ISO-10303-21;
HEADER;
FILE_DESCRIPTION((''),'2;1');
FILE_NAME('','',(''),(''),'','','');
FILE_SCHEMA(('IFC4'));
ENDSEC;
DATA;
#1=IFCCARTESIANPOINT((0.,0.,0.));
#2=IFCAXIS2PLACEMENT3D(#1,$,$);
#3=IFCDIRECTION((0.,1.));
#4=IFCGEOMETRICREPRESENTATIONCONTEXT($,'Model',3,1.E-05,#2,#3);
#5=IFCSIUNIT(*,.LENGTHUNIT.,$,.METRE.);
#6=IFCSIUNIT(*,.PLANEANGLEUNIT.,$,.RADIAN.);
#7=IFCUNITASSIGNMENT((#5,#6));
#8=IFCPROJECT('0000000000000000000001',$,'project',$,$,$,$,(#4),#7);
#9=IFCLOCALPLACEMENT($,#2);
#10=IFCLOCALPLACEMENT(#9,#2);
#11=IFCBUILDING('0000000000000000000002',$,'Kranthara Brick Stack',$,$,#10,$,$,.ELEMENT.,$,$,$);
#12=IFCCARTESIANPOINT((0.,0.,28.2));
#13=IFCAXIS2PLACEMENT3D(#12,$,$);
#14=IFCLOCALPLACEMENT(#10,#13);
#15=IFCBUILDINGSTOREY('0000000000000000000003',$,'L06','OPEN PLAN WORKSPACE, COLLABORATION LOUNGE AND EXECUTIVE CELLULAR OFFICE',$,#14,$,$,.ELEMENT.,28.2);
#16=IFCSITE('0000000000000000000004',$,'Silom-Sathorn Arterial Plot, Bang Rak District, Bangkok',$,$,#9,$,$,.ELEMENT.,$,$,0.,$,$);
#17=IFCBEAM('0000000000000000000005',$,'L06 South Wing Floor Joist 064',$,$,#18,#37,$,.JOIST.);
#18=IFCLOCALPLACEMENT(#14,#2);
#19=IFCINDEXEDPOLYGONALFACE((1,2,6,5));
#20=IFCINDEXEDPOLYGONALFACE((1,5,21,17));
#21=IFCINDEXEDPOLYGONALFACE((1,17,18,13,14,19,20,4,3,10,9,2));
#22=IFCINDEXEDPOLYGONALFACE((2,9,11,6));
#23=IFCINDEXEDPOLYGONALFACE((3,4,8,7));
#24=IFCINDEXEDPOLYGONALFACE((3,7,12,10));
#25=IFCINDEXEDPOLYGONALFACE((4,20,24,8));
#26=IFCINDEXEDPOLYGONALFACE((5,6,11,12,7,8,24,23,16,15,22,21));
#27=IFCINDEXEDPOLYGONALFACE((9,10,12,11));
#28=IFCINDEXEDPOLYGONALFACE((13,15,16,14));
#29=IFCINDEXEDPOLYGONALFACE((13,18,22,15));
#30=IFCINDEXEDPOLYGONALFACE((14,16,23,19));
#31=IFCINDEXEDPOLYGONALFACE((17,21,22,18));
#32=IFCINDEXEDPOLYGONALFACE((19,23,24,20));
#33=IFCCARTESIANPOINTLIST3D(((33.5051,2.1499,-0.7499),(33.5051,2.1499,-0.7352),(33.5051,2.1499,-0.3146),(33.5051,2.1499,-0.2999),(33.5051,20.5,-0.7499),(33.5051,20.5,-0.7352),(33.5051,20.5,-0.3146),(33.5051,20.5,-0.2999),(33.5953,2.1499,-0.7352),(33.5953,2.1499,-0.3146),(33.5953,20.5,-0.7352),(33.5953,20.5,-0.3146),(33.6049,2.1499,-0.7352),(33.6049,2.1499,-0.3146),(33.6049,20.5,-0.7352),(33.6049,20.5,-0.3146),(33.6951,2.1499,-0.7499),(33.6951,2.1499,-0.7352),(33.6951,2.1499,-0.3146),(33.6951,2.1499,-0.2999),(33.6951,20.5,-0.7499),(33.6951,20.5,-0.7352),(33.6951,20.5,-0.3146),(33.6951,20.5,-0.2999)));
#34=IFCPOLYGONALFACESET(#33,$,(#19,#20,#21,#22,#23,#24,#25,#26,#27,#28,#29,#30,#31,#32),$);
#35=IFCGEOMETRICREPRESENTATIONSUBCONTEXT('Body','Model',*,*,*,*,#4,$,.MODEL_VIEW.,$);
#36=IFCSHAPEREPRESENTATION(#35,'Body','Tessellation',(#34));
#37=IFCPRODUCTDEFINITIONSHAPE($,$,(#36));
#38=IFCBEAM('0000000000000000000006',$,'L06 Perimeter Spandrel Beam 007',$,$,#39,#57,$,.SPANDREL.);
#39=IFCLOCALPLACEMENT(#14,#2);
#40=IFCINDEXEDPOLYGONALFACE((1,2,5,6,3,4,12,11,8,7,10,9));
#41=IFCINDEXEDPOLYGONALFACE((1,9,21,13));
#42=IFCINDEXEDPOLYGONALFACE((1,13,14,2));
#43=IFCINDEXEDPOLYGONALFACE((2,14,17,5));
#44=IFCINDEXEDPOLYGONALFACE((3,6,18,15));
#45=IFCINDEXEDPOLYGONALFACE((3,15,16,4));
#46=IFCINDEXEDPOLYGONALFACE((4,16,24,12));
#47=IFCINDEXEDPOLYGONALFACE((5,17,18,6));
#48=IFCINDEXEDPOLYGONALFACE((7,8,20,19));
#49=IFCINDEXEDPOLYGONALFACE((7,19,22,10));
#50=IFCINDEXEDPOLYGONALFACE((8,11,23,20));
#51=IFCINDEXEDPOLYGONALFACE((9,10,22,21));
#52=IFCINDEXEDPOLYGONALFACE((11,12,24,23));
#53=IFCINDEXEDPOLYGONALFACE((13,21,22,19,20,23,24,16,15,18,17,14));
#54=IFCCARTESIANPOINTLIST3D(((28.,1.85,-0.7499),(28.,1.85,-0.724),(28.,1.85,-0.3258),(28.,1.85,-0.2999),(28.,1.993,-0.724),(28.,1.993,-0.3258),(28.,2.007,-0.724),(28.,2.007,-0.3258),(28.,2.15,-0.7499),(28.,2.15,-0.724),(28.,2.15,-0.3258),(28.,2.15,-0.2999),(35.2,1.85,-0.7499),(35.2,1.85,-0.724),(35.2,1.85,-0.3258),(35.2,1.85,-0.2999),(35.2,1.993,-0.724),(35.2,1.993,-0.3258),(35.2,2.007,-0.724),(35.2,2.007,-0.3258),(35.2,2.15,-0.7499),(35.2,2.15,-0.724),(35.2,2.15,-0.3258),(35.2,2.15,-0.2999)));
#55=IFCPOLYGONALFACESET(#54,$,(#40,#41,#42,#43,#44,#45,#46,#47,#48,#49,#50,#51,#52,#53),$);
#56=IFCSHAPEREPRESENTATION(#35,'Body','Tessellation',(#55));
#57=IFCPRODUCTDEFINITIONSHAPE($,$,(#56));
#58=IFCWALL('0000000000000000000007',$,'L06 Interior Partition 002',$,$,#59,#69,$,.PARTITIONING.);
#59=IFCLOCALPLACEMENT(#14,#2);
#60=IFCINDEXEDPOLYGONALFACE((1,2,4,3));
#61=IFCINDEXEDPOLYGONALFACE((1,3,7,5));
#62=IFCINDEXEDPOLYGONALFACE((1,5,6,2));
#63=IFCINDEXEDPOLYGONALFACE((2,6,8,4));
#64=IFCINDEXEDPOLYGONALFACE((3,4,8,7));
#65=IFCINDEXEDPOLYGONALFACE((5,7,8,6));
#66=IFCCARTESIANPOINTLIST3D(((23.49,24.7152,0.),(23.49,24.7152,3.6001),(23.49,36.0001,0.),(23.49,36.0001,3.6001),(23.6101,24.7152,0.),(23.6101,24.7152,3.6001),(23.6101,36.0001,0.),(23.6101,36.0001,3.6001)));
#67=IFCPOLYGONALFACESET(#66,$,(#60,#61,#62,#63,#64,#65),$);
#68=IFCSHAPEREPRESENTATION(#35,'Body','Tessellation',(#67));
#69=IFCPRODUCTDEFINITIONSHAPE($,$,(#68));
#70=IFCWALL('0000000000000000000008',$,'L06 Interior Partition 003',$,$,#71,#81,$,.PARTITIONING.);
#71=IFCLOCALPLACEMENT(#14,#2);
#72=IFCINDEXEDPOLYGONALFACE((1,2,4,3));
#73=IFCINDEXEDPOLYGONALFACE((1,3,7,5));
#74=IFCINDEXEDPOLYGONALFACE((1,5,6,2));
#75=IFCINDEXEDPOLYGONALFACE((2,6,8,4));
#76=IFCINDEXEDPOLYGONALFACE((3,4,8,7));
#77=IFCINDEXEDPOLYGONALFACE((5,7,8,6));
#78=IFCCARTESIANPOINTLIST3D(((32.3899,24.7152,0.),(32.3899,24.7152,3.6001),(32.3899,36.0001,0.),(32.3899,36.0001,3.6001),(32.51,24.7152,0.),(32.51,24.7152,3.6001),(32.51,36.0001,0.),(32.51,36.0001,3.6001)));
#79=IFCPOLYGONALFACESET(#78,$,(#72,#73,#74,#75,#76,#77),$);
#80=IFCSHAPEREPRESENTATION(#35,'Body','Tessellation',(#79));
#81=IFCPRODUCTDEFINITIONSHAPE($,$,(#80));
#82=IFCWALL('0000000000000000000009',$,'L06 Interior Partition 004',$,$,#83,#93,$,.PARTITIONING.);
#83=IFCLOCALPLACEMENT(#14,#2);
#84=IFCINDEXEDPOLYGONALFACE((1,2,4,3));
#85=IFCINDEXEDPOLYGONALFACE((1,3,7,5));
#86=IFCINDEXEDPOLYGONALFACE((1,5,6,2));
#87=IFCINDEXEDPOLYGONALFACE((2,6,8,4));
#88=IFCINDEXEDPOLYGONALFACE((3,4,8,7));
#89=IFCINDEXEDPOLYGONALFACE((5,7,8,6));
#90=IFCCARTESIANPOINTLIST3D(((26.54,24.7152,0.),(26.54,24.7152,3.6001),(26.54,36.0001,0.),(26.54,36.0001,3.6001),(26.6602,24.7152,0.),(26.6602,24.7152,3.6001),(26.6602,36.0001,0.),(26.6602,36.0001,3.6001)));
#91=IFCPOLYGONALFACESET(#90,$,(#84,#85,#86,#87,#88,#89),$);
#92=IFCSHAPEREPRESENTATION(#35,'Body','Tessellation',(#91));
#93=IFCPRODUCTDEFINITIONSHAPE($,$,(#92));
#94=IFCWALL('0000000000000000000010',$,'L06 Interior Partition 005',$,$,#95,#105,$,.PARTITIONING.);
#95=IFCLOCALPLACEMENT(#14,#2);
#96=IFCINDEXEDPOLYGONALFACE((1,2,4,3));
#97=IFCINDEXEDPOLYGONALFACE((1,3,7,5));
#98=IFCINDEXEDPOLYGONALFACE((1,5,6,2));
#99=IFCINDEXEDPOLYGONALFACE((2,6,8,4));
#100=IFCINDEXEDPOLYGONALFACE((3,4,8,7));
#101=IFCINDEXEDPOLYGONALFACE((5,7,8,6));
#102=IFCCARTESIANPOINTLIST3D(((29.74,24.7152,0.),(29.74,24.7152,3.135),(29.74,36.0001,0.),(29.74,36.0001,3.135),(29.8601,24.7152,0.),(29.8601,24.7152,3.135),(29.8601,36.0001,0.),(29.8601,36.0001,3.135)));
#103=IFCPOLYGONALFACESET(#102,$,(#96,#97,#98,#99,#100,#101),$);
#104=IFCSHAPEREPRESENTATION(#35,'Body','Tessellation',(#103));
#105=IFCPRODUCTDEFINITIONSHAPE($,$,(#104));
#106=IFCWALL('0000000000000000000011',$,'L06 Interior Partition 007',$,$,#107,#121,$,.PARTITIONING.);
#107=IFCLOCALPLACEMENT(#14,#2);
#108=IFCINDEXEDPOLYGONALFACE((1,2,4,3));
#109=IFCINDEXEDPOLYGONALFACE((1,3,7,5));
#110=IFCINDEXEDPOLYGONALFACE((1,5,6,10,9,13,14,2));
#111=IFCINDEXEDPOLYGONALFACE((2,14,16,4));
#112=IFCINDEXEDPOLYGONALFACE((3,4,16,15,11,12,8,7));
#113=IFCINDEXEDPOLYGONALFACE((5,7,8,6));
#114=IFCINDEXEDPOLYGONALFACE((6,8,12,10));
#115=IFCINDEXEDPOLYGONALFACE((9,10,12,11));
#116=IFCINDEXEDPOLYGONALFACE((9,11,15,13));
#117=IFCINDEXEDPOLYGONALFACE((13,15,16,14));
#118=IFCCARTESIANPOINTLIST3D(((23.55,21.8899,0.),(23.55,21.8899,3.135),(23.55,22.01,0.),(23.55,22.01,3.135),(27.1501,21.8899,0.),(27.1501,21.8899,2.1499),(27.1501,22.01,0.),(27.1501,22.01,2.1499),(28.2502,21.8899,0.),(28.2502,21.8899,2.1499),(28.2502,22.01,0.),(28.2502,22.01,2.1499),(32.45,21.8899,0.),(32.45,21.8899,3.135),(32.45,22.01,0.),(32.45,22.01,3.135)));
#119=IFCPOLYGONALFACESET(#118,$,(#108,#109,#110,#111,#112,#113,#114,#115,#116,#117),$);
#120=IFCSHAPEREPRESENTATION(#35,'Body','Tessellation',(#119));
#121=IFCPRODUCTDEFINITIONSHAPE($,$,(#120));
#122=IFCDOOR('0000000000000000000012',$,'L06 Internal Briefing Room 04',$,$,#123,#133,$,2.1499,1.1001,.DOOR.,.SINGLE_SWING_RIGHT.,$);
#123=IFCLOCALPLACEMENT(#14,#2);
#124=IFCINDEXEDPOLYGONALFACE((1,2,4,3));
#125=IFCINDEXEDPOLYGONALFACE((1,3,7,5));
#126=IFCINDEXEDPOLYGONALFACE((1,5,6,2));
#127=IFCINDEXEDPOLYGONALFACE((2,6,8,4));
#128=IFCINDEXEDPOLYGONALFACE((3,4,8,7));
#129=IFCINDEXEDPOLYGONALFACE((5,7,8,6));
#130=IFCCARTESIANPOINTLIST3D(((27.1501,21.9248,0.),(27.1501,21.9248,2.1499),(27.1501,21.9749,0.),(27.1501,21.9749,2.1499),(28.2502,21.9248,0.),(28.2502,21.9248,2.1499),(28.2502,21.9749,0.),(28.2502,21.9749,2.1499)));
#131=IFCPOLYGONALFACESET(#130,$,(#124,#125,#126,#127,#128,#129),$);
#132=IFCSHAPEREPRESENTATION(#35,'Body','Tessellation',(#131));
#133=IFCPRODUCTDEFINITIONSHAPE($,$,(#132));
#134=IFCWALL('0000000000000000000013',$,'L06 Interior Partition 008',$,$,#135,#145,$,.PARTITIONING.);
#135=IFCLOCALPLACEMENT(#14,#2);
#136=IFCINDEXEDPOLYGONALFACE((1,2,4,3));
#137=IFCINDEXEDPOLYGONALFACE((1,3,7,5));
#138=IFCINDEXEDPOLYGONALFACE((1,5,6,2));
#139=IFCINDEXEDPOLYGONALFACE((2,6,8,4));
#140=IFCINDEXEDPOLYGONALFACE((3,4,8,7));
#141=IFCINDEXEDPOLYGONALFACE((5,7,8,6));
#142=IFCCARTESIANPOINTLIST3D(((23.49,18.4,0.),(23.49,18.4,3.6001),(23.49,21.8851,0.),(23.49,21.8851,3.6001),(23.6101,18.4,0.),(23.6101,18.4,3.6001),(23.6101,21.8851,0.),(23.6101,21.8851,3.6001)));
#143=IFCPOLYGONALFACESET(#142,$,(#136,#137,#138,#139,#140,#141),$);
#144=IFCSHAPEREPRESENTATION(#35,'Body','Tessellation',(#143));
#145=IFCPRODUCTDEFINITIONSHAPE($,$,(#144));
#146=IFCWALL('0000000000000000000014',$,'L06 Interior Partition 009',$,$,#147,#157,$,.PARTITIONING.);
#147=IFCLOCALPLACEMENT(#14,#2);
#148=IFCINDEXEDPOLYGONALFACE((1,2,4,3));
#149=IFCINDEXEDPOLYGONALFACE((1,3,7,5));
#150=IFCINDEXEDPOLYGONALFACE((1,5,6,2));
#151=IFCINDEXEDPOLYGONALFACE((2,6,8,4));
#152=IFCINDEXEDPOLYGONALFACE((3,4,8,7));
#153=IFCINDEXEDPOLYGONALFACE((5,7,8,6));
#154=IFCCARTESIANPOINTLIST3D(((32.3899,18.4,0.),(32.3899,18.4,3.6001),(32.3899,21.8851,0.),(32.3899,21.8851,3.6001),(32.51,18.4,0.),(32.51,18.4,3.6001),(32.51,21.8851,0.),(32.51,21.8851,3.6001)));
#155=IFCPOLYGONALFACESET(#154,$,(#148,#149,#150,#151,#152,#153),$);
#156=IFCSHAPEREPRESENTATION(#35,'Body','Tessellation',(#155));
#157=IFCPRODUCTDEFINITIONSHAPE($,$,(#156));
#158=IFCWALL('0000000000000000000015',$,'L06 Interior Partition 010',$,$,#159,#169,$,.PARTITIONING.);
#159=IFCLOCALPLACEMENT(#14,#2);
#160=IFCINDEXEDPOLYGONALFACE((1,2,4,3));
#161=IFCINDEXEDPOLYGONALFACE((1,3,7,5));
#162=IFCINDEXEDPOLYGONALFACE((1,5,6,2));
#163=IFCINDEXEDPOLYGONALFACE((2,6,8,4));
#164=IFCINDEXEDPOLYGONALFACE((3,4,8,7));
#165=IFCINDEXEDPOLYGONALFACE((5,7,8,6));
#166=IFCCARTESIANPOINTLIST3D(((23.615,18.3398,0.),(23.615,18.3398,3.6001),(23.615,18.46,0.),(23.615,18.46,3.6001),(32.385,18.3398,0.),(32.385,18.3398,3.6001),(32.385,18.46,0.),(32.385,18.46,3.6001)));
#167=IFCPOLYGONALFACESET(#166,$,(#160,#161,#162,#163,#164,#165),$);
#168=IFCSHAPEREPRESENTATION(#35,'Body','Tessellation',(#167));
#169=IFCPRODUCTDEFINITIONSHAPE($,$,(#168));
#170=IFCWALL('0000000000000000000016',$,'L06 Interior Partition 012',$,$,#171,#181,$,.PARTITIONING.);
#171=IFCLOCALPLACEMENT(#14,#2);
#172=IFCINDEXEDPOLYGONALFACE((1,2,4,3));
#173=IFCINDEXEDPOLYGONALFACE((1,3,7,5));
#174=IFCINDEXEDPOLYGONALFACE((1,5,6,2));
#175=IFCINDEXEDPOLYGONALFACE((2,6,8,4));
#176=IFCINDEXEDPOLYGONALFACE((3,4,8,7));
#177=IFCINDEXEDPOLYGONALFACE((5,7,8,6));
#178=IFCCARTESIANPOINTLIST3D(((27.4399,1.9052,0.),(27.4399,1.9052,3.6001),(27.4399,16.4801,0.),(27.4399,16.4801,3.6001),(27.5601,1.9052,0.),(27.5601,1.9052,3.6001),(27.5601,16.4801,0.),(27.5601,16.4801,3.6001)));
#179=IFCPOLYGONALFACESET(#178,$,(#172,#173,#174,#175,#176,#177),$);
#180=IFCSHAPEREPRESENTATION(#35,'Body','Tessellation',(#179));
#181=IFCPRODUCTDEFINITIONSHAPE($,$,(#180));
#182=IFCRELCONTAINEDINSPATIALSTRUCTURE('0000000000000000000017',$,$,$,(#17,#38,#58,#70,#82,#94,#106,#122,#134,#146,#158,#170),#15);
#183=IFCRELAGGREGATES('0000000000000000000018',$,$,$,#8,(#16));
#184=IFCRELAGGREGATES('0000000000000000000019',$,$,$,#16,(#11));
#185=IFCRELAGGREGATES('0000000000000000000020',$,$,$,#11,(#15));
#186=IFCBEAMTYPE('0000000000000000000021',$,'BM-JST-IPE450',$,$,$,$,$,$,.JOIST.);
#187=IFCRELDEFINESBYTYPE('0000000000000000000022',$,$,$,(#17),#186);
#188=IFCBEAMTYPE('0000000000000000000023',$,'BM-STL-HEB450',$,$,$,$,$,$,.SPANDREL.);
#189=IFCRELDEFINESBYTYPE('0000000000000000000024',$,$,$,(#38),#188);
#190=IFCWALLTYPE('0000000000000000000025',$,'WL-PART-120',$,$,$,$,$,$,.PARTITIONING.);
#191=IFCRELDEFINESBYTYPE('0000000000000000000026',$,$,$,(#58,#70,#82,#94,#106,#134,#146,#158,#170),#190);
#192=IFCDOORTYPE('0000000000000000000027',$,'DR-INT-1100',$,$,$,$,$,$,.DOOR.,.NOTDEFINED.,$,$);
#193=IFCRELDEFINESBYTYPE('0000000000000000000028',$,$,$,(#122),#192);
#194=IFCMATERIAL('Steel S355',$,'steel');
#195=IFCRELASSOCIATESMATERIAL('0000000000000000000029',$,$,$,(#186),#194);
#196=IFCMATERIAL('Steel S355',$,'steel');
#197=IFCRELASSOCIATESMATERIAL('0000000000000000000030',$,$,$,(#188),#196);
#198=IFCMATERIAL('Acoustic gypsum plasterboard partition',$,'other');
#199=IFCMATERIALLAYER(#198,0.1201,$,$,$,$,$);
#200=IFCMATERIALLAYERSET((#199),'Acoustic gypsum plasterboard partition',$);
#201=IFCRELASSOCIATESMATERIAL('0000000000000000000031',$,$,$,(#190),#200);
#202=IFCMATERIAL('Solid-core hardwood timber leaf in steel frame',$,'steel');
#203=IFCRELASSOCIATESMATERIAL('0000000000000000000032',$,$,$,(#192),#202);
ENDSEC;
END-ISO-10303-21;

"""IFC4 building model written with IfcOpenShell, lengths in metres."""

from ifc_helpers import new_model, si_unit, direction, frame, frame_2d, origin, origin_2d, place, context, subcontext, project, spatial, rectangle, i_section, extrude, material, layer, layer_set, material_profile, profile_set, type_object, element, fill, save


model = new_model("IFC4")

# Units and contexts
model_context = context("Model", 3, precision=1e-05, world=origin(), true_north=direction((0.0, 1.0)))
body_context = subcontext(model_context, "Body", "Model", "MODEL_VIEW")
ifc_project = project(units=[si_unit("LENGTHUNIT", "METRE"), si_unit("PLANEANGLEUNIT", "RADIAN")], contexts=[model_context])

# Site, building, storey
site_placement = place(None, origin())
site = spatial("IfcSite", under=ifc_project, at=site_placement, Name="Silom-Sathorn Arterial Plot, Bang Rak District, Bangkok", CompositionType="ELEMENT", RefElevation=0.0)
building_placement = place(site_placement, origin())
building = spatial("IfcBuilding", under=site, at=building_placement, Name="Kranthara Brick Stack", CompositionType="ELEMENT")
storey_placement = place(building_placement, frame((0.0, 0.0, 28.2)))
storey = spatial("IfcBuildingStorey", under=building, at=storey_placement, Name="L06", Description="OPEN PLAN WORKSPACE, COLLABORATION LOUNGE AND EXECUTIVE CELLULAR OFFICE", CompositionType="ELEMENT", Elevation=28.2)

# Beams
ifc_material_1 = material(Name="Steel S355", Category="steel")
ifc_material_profile_1 = material_profile(ifc_material_1, i_section(OverallWidth=0.1899, OverallDepth=0.45, WebThickness=0.0095, FlangeThickness=0.0146, at=origin_2d()), Name="IPE 450")
ifc_profile_set_1 = profile_set([ifc_material_profile_1], Name="Steel S355")
beam_type_1 = type_object("IfcBeamType", Name="BM-JST-IPE450", PredefinedType="JOIST", material=ifc_profile_set_1)
for number, where, z_axis, x_axis, name in (
    (1, (33.6001, 2.1499, -0.5249), (0.0, 1.0, 0.0), (-1.0, 0.0, 0.0), "L06 South Wing Floor Joist 064"),
):
    element("IfcBeam", number, at=place(storey_placement, frame(where, z_axis=z_axis, x_axis=x_axis)), inside=storey, type_object=beam_type_1, Name=name, PredefinedType="JOIST", context=body_context, shape_type="SweptSolid", body=[
        extrude(i_section(OverallWidth=0.1899, OverallDepth=0.45, WebThickness=0.0095, FlangeThickness=0.0146, at=origin_2d()), origin(), (0.0, 0.0, 1.0), 18.3501),
    ])
ifc_material_2 = material(Name="Steel S355", Category="steel")
ifc_material_profile_2 = material_profile(ifc_material_2, i_section(OverallWidth=0.3, OverallDepth=0.45, WebThickness=0.0139, FlangeThickness=0.0259, at=origin_2d()), Name="HEB 450")
ifc_profile_set_2 = profile_set([ifc_material_profile_2], Name="Steel S355")
beam_type_2 = type_object("IfcBeamType", Name="BM-STL-HEB450", PredefinedType="SPANDREL", material=ifc_profile_set_2)
beam_1_placement = place(storey_placement, frame((28.0, 2.0, -0.5249), z_axis=(1.0, 0.0, 0.0), x_axis=(0.0, 1.0, 0.0)))
element("IfcBeam", 2, at=beam_1_placement, inside=storey, type_object=beam_type_2, Name="L06 Perimeter Spandrel Beam 007", PredefinedType="SPANDREL", context=body_context, shape_type="SweptSolid", body=[
    extrude(i_section(OverallWidth=0.3, OverallDepth=0.45, WebThickness=0.0139, FlangeThickness=0.0259, at=origin_2d()), origin(), (0.0, 0.0, 1.0), 7.2),
])

# Walls
ifc_material_3 = material(Name="Acoustic gypsum plasterboard partition", Category="other")
ifc_layer = layer(ifc_material_3, 0.1201)
ifc_layer_set = layer_set([ifc_layer], Name="Acoustic gypsum plasterboard partition")
wall_type = type_object("IfcWallType", Name="WL-PART-120", PredefinedType="PARTITIONING", material=ifc_layer_set)
for number, where, z_axis, x_axis, name in (
    (3, (23.55, 24.7151, 0.0), (0.0, 0.0, 1.0), (0.0, 1.0, 0.0), "L06 Interior Partition 002"),
    (4, (32.45, 24.7151, 0.0), (0.0, 0.0, 1.0), (0.0, 1.0, 0.0), "L06 Interior Partition 003"),
    (5, (26.6001, 24.7151, 0.0), (0.0, 0.0, 1.0), (0.0, 1.0, 0.0), "L06 Interior Partition 004"),
):
    element("IfcWall", number, at=place(storey_placement, frame(where, z_axis=z_axis, x_axis=x_axis)), inside=storey, type_object=wall_type, Name=name, PredefinedType="PARTITIONING", context=body_context, shape_type="SweptSolid", body=[
        extrude(rectangle(XDim=11.2849, YDim=0.1201, at=frame_2d((5.6426, 0.0))), origin(), (0.0, 0.0, 1.0), 3.6001),
    ])
wall_1_placement = place(storey_placement, frame((29.8, 24.7151, 0.0), z_axis=(0.0, 0.0, 1.0), x_axis=(0.0, 1.0, 0.0)))
element("IfcWall", 6, at=wall_1_placement, inside=storey, type_object=wall_type, Name="L06 Interior Partition 005", PredefinedType="PARTITIONING", context=body_context, shape_type="SweptSolid", body=[
    extrude(rectangle(XDim=11.2849, YDim=0.1201, at=frame_2d((5.6426, 0.0))), origin(), (0.0, 0.0, 1.0), 3.135),
])

# Wall, opening, door
wall_2_placement = place(storey_placement, frame((23.55, 21.95, 0.0), z_axis=(0.0, 0.0, 1.0), x_axis=(1.0, 0.0, 0.0)))
wall_2 = element("IfcWall", 7, at=wall_2_placement, inside=storey, type_object=wall_type, Name="L06 Interior Partition 007", PredefinedType="PARTITIONING", context=body_context, shape_type="SweptSolid", body=[
    extrude(rectangle(XDim=8.8999, YDim=0.1201, at=frame_2d((4.45, 0.0))), origin(), (0.0, 0.0, 1.0), 3.135),
])
opening_placement = place(wall_2_placement, frame((3.6001, 0.0, 0.0)))
opening = element("IfcOpeningElement", 8, at=opening_placement, cuts=wall_2, PredefinedType="OPENING", context=body_context, shape_type="SweptSolid", body=[
    extrude(rectangle(XDim=1.1001, YDim=2.1499, at=frame_2d((0.55, 1.075))), frame((0.0, 0.0701, 0.0), z_axis=(0.0, -1.0, 0.0), x_axis=(1.0, 0.0, 0.0)), (0.0, 0.0, 1.0), 0.1401),
])
ifc_material_4 = material(Name="Solid-core hardwood timber leaf in steel frame", Category="steel")
door_type = type_object("IfcDoorType", Name="DR-INT-1100", OperationType="NOTDEFINED", PredefinedType="DOOR", material=ifc_material_4)
door_placement = place(opening_placement, origin())
door = element("IfcDoor", 9, at=door_placement, inside=storey, type_object=door_type, Name="L06 Internal Briefing Room 04", OperationType="SINGLE_SWING_RIGHT", OverallHeight=2.1499, OverallWidth=1.1001, PredefinedType="DOOR", context=body_context, shape_type="SweptSolid", body=[
    extrude(rectangle(XDim=1.1001, YDim=2.1499, at=frame_2d((0.55, 1.075))), frame((0.0, 0.0249, 0.0), z_axis=(0.0, -1.0, 0.0), x_axis=(1.0, 0.0, 0.0)), (0.0, 0.0, 1.0), 0.05),
])
fill(opening, door)

# Walls
for number, where, z_axis, x_axis, name in (
    (10, (23.55, 18.3999, 0.0), (0.0, 0.0, 1.0), (0.0, 1.0, 0.0), "L06 Interior Partition 008"),
    (11, (32.45, 18.3999, 0.0), (0.0, 0.0, 1.0), (0.0, 1.0, 0.0), "L06 Interior Partition 009"),
):
    element("IfcWall", number, at=place(storey_placement, frame(where, z_axis=z_axis, x_axis=x_axis)), inside=storey, type_object=wall_type, Name=name, PredefinedType="PARTITIONING", context=body_context, shape_type="SweptSolid", body=[
        extrude(rectangle(XDim=3.4851, YDim=0.1201, at=frame_2d((1.7427, 0.0))), origin(), (0.0, 0.0, 1.0), 3.6001),
    ])
wall_3_placement = place(storey_placement, frame((23.615, 18.3999, 0.0), z_axis=(0.0, 0.0, 1.0), x_axis=(1.0, 0.0, 0.0)))
element("IfcWall", 12, at=wall_3_placement, inside=storey, type_object=wall_type, Name="L06 Interior Partition 010", PredefinedType="PARTITIONING", context=body_context, shape_type="SweptSolid", body=[
    extrude(rectangle(XDim=8.77, YDim=0.1201, at=frame_2d((4.385, 0.0))), origin(), (0.0, 0.0, 1.0), 3.6001),
])
wall_4_placement = place(storey_placement, frame((27.5, 1.905, 0.0), z_axis=(0.0, 0.0, 1.0), x_axis=(0.0, 1.0, 0.0)))
element("IfcWall", 13, at=wall_4_placement, inside=storey, type_object=wall_type, Name="L06 Interior Partition 012", PredefinedType="PARTITIONING", context=body_context, shape_type="SweptSolid", body=[
    extrude(rectangle(XDim=14.575, YDim=0.1201, at=frame_2d((7.2876, 0.0))), origin(), (0.0, 0.0, 1.0), 3.6001),
])

save(model, "model.ifc")
